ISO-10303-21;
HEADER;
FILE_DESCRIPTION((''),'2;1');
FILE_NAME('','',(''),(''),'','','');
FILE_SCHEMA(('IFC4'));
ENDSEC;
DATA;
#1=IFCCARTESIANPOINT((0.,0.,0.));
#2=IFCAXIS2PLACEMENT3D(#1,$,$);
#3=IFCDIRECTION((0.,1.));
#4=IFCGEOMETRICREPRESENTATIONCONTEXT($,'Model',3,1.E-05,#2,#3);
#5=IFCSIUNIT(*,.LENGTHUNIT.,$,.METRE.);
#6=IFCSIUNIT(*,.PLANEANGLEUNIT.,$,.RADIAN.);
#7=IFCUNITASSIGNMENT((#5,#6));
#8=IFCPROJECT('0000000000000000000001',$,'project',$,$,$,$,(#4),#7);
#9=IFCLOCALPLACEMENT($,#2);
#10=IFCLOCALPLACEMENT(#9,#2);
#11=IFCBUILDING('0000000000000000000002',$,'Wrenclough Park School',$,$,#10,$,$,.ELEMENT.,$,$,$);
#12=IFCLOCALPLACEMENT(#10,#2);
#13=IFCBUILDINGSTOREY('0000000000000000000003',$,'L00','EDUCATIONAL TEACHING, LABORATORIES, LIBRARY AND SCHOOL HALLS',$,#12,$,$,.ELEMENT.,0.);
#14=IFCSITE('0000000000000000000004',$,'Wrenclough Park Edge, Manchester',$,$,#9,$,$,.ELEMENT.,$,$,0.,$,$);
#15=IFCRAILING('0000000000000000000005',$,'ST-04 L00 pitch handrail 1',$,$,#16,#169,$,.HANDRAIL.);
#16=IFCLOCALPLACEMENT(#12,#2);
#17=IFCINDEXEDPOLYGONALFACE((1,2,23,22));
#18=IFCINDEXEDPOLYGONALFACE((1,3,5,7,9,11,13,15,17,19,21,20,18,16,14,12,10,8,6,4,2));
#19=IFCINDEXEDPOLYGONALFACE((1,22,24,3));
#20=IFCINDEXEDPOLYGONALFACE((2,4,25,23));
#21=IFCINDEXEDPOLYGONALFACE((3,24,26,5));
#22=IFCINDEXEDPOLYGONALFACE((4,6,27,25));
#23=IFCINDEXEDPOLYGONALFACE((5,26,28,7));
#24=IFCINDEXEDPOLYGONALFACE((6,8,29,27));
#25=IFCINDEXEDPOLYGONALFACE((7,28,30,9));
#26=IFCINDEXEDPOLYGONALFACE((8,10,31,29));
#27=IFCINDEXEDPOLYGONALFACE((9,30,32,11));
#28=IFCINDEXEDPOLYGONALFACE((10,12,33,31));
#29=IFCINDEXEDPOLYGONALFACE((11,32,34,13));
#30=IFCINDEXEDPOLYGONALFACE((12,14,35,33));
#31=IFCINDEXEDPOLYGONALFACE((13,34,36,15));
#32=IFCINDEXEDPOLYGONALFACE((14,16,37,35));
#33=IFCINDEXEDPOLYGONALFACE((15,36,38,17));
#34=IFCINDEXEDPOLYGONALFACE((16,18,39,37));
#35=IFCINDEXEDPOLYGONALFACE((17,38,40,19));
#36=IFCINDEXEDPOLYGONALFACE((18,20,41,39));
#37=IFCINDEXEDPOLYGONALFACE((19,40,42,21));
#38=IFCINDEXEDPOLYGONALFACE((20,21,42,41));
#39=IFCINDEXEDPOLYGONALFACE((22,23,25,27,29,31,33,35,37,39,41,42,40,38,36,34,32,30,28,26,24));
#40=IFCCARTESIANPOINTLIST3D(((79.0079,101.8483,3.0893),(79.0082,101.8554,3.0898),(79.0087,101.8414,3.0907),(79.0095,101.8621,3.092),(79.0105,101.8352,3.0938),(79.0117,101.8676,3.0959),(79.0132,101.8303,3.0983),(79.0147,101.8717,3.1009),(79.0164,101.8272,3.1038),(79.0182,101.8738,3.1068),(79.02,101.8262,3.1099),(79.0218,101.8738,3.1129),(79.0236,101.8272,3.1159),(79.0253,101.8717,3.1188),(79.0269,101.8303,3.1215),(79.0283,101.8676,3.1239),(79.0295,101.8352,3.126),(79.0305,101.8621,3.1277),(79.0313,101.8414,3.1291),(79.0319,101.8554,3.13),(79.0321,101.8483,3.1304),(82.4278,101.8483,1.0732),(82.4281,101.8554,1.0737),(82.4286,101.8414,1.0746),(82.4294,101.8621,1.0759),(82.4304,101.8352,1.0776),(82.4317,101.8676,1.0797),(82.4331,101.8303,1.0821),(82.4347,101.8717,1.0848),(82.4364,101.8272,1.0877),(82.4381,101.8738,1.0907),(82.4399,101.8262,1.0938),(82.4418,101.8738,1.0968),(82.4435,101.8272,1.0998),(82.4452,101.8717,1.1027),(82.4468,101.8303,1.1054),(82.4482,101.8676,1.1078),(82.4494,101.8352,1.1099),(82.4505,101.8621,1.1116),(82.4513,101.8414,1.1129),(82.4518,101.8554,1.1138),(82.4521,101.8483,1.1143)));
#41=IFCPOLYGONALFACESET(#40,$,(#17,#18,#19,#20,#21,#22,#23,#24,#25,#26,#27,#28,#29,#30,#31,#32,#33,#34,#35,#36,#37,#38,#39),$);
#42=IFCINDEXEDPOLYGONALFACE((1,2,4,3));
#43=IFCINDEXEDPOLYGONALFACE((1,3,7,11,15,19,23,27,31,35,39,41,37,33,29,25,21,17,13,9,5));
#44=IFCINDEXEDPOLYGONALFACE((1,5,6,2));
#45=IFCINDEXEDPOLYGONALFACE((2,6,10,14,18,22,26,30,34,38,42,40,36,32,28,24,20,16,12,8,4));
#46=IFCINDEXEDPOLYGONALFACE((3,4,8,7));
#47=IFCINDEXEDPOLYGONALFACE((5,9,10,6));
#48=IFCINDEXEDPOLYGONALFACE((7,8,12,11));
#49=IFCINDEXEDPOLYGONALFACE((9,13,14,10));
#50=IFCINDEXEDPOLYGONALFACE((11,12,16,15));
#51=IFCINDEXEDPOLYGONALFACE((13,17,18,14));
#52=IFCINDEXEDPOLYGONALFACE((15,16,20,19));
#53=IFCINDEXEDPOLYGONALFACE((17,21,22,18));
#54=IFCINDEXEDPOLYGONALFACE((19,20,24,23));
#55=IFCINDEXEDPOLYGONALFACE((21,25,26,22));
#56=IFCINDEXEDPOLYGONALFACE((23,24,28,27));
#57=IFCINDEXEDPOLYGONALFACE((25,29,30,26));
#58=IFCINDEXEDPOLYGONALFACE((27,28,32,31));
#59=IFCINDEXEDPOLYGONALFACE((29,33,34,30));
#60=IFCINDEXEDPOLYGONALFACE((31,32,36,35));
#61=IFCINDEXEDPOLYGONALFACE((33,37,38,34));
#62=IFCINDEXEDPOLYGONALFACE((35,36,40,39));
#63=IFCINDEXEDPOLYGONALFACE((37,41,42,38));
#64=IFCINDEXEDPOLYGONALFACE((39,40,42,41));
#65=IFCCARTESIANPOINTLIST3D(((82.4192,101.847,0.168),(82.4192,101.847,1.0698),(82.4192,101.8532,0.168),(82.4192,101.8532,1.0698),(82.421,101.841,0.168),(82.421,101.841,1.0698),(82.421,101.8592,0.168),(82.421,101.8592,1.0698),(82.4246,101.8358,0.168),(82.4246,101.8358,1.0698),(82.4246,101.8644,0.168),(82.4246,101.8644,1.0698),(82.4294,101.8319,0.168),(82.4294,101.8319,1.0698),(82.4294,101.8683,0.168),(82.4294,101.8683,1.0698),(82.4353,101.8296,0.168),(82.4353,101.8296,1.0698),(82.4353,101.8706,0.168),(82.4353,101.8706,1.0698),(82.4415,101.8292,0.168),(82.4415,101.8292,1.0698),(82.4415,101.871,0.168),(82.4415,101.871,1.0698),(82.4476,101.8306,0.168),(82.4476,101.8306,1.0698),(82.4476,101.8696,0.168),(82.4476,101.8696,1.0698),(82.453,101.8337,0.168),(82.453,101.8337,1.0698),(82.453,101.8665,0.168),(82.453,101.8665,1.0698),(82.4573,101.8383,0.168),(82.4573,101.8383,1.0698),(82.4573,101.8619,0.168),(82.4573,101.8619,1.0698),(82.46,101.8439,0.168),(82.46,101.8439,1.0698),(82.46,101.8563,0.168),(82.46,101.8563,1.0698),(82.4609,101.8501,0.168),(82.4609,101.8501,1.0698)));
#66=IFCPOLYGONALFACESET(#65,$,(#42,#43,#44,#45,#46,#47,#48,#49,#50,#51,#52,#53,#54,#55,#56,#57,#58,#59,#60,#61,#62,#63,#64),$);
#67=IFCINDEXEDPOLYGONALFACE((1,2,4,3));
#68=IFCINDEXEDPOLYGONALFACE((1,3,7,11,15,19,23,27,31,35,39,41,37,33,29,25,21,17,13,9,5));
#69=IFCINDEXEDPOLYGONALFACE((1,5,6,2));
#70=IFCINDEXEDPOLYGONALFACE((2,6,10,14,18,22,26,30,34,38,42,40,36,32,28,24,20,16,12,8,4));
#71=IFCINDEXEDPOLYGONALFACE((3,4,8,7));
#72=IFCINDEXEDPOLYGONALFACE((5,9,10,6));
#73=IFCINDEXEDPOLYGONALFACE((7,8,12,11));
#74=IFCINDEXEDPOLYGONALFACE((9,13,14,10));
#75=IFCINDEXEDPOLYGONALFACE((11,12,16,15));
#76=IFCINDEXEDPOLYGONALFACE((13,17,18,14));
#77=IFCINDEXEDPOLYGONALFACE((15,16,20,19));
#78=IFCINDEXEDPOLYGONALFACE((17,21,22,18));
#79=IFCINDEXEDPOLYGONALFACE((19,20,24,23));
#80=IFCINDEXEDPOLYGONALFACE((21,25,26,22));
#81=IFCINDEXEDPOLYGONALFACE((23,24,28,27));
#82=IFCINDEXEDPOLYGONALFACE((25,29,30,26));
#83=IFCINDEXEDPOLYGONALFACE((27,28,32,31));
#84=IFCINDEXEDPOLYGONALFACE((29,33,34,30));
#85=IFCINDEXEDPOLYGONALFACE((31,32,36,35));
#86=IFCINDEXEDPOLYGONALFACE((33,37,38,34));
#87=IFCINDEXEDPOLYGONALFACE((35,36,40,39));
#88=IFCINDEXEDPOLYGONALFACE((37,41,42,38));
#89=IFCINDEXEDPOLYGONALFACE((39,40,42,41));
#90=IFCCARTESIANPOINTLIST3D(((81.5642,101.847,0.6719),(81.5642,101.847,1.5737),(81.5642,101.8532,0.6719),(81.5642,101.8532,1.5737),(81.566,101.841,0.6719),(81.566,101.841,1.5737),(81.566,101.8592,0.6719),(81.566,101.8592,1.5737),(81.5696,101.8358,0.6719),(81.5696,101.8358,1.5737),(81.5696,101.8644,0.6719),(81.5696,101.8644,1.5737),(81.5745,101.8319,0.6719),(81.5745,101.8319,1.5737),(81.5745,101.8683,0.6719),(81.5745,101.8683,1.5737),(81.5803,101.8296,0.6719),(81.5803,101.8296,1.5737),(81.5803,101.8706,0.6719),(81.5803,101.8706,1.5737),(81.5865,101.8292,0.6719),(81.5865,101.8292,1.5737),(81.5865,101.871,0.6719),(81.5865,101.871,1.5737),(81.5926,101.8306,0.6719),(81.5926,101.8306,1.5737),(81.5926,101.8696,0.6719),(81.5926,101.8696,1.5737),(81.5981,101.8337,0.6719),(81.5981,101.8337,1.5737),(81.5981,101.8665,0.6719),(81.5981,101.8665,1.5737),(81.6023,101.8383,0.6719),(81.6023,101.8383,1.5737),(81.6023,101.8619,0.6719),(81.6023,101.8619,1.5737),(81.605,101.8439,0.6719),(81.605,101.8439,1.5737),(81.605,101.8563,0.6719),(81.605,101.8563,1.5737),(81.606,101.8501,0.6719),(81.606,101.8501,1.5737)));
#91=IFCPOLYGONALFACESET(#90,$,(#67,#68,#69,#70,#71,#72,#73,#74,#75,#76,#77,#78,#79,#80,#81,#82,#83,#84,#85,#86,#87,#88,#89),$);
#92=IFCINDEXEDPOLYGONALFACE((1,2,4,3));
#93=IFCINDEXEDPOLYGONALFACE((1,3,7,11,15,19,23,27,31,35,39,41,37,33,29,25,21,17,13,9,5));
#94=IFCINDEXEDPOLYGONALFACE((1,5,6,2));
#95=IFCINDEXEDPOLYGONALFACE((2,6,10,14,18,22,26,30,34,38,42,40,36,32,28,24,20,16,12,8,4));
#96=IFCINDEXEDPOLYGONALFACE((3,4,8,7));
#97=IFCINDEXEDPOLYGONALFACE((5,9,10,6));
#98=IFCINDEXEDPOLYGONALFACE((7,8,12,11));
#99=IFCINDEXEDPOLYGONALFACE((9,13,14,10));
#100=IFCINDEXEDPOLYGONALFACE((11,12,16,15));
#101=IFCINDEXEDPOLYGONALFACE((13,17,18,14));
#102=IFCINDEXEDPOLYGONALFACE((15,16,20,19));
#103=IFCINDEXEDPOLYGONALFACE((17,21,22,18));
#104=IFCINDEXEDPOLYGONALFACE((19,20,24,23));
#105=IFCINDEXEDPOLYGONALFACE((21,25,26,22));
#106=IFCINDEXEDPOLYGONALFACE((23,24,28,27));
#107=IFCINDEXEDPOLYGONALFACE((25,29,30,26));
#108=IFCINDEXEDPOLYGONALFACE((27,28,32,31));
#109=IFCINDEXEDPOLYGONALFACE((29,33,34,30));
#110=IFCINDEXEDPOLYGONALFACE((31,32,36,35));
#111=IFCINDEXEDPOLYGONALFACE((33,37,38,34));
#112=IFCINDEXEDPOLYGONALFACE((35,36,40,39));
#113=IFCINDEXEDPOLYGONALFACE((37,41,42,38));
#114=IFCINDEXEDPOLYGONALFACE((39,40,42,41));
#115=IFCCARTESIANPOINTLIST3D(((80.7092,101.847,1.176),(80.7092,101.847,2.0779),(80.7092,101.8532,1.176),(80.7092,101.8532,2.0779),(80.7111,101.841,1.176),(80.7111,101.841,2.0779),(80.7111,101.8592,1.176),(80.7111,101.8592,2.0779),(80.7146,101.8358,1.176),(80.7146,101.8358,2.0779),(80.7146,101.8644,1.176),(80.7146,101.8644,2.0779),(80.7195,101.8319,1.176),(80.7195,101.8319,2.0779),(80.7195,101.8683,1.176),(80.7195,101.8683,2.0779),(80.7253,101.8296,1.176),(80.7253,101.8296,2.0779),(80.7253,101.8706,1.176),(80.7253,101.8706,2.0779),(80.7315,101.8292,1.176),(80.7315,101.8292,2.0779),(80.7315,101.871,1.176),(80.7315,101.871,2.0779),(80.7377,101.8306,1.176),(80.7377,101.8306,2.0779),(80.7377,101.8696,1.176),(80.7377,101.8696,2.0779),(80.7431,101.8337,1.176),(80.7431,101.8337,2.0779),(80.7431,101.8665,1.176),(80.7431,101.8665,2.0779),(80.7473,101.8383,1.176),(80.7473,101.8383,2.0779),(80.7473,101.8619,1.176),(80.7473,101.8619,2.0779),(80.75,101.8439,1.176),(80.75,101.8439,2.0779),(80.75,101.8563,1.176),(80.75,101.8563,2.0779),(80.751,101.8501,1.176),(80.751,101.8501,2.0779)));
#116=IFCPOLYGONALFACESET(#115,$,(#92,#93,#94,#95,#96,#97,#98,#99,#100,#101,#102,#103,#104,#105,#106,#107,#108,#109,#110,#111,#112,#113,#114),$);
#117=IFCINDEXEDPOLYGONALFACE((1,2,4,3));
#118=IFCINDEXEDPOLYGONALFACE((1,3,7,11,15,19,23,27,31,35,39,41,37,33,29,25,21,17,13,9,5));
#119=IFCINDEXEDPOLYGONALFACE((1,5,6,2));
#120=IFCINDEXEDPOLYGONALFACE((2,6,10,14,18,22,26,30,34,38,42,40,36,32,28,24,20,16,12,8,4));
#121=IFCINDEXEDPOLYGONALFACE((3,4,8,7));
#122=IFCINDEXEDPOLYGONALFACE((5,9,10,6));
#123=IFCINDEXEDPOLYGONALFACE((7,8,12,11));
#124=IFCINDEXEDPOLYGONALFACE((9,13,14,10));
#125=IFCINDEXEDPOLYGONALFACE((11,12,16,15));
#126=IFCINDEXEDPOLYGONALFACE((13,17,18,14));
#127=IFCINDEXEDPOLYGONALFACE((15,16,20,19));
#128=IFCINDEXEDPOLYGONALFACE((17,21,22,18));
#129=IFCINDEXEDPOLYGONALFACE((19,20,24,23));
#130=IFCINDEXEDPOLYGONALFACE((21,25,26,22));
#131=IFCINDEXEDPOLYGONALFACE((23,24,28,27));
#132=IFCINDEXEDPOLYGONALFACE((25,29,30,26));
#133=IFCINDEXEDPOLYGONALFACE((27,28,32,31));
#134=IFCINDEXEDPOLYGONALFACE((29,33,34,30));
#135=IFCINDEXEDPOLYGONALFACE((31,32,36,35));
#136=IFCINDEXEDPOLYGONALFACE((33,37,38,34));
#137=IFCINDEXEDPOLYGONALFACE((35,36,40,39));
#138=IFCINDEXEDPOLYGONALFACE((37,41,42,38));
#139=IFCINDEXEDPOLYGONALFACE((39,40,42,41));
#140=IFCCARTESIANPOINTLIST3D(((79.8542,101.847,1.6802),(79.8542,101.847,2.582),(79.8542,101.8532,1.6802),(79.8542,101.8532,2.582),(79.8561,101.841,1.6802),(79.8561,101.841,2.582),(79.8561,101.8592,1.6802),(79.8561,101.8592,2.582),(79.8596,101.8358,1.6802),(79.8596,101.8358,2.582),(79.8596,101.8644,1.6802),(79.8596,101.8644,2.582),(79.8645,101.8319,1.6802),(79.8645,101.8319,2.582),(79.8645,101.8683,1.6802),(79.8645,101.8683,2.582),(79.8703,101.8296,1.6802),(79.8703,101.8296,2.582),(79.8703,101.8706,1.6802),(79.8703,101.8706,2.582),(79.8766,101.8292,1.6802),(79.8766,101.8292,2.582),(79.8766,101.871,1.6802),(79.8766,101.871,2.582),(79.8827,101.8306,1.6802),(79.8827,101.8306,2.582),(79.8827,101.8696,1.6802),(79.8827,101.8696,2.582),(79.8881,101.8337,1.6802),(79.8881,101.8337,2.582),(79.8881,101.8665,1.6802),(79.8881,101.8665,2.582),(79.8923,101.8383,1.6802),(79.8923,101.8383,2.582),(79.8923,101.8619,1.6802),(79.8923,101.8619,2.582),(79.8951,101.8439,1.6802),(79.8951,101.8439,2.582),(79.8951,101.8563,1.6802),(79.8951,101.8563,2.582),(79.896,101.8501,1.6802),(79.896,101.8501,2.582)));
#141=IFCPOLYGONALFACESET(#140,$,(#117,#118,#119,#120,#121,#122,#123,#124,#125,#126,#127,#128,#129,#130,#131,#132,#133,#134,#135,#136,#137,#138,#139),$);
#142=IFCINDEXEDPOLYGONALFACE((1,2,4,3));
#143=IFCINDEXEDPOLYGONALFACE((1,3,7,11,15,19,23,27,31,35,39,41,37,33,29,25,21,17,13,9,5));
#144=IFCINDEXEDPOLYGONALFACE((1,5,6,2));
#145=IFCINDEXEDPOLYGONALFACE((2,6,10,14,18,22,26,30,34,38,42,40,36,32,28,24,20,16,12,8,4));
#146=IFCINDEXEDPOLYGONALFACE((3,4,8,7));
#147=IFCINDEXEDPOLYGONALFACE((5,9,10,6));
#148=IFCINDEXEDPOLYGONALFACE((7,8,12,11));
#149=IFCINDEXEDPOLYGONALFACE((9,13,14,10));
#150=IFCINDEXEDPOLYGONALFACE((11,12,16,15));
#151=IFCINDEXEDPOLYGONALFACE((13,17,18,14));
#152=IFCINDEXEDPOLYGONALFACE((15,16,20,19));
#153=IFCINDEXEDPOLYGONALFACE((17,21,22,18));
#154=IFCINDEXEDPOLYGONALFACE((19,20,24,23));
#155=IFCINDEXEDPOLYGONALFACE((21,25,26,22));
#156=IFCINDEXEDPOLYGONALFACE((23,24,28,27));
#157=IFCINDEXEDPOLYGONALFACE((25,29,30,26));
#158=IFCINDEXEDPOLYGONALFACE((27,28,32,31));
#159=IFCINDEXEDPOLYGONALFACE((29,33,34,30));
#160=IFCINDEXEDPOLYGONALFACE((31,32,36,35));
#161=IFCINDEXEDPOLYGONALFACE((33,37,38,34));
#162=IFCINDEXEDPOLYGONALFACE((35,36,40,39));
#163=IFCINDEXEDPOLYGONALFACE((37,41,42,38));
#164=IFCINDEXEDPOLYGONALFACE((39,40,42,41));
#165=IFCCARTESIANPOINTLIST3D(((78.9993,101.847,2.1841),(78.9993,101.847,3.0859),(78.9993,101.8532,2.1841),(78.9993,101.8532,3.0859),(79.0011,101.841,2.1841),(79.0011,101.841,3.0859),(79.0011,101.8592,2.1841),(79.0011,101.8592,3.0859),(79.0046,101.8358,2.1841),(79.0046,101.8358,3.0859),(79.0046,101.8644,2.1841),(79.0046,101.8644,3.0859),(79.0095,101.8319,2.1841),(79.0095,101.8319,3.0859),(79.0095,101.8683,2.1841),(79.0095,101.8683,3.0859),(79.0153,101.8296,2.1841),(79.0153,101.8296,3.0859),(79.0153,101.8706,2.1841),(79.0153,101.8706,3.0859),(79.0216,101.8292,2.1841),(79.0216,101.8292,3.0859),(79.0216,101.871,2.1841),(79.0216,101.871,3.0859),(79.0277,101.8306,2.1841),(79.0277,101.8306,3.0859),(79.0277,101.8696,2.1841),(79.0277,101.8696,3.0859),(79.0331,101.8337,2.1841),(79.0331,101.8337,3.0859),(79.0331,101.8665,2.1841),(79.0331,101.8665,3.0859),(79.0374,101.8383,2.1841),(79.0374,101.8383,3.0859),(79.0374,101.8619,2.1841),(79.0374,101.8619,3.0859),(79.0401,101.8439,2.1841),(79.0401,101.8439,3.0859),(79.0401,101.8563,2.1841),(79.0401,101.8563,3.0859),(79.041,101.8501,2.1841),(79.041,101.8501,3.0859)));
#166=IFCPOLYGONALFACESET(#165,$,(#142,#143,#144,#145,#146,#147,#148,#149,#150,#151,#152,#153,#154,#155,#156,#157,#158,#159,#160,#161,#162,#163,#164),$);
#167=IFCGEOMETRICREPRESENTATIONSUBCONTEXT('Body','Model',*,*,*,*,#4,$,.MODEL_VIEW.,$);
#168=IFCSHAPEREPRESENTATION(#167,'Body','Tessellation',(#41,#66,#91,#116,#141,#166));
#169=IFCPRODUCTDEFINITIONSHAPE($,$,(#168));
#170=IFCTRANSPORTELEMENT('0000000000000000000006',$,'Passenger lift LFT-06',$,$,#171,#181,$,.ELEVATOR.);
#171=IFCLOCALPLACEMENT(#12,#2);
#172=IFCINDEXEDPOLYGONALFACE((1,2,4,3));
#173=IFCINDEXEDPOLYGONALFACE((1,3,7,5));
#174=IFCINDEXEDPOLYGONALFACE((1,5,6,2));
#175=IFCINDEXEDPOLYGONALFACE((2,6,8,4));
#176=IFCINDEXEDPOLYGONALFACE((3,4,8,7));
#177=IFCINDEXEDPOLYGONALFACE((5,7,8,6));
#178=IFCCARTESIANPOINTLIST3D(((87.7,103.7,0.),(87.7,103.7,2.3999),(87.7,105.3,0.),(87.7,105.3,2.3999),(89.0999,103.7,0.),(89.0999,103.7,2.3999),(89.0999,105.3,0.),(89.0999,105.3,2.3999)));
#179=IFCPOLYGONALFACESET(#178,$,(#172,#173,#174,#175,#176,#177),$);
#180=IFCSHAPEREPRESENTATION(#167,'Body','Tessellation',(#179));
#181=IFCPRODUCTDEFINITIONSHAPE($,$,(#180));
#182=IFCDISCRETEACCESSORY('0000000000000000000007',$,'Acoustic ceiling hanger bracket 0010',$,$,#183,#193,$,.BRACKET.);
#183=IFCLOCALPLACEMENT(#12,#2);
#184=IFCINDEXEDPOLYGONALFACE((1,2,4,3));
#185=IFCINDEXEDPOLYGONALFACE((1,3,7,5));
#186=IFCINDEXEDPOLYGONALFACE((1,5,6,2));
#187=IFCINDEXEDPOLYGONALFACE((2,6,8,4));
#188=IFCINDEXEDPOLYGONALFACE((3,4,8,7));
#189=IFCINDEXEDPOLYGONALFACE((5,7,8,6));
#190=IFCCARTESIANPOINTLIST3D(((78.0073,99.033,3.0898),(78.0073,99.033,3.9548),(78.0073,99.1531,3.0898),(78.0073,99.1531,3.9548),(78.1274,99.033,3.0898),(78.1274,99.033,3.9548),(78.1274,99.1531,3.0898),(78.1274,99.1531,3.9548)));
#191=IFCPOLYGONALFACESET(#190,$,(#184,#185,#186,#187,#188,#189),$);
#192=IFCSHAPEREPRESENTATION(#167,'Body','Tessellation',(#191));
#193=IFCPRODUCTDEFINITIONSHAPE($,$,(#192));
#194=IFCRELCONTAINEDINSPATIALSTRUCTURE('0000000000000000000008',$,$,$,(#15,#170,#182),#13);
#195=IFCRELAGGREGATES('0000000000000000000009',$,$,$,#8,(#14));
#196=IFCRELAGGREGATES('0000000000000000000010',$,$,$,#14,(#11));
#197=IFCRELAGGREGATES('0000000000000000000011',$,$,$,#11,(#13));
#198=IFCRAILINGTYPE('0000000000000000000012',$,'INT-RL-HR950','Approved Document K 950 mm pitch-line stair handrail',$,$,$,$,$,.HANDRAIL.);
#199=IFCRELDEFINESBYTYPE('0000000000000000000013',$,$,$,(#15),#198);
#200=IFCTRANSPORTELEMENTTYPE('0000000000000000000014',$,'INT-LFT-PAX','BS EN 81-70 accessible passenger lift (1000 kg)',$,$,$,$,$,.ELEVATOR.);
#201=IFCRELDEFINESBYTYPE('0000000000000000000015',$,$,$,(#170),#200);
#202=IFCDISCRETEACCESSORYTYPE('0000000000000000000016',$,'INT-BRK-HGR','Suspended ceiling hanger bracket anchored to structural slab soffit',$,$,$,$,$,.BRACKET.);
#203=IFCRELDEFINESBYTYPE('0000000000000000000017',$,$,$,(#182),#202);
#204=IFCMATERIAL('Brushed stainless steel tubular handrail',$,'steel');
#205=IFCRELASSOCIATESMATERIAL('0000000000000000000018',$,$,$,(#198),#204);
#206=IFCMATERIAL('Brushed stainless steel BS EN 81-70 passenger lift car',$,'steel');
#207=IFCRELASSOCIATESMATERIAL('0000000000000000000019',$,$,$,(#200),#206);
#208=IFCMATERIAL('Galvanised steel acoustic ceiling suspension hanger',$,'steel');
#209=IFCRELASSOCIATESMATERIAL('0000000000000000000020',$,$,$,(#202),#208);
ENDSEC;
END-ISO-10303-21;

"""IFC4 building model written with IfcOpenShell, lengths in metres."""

from ifc_helpers import new_model, si_unit, direction, frame, origin, origin_2d, place, context, subcontext, project, spatial, rectangle, circle, extrude, material, type_object, element, save


model = new_model("IFC4")

# Units and contexts
model_context = context("Model", 3, precision=1e-05, world=origin(), true_north=direction((0.0, 1.0)))
body_context = subcontext(model_context, "Body", "Model", "MODEL_VIEW")
ifc_project = project(units=[si_unit("LENGTHUNIT", "METRE"), si_unit("PLANEANGLEUNIT", "RADIAN")], contexts=[model_context])

# Site, building, storey
site_placement = place(None, origin())
site = spatial("IfcSite", under=ifc_project, at=site_placement, Name="Wrenclough Park Edge, Manchester", CompositionType="ELEMENT", RefElevation=0.0)
building_placement = place(site_placement, origin())
building = spatial("IfcBuilding", under=site, at=building_placement, Name="Wrenclough Park School", CompositionType="ELEMENT")
storey_placement = place(building_placement, origin())
storey = spatial("IfcBuildingStorey", under=building, at=storey_placement, Name="L00", Description="EDUCATIONAL TEACHING, LABORATORIES, LIBRARY AND SCHOOL HALLS", CompositionType="ELEMENT", Elevation=0.0)

# Railing
ifc_material_1 = material(Name="Brushed stainless steel tubular handrail", Category="steel")
railing_type_1 = type_object("IfcRailingType", Name="INT-RL-HR950", Description="Approved Document K 950 mm pitch-line stair handrail", PredefinedType="HANDRAIL", material=ifc_material_1)
railing_1_placement = place(storey_placement, frame((82.4399, 101.8501, 0.168)))
element("IfcRailing", 1, at=railing_1_placement, inside=storey, type_object=railing_type_1, Name="ST-04 L00 pitch handrail 1", PredefinedType="HANDRAIL", context=body_context, shape_type="SweptSolid", body=[
    extrude(circle(Radius=0.0239, at=origin_2d()), frame((0.0, 0.0, 0.9258), z_axis=(-0.86145, 0.0, 0.507842), x_axis=(0.0, -1.0, 0.0)), (0.0, 0.0, 1.0), 3.97),
    extrude(circle(Radius=0.021, at=origin_2d()), origin(), (0.0, 0.0, 1.0), 0.9019),
    extrude(circle(Radius=0.021, at=origin_2d()), frame((-0.855, 0.0, 0.5039)), (0.0, 0.0, 1.0), 0.9019),
    extrude(circle(Radius=0.021, at=origin_2d()), frame((-1.71, 0.0, 1.0081)), (0.0, 0.0, 1.0), 0.9019),
    extrude(circle(Radius=0.021, at=origin_2d()), frame((-2.5649, 0.0, 1.5122)), (0.0, 0.0, 1.0), 0.9019),
    extrude(circle(Radius=0.021, at=origin_2d()), frame((-3.4199, 0.0, 2.0161)), (0.0, 0.0, 1.0), 0.9019),
])

# Transport element
ifc_material_2 = material(Name="Brushed stainless steel BS EN 81-70 passenger lift car", Category="steel")
transport_element_type = type_object("IfcTransportElementType", Name="INT-LFT-PAX", Description="BS EN 81-70 accessible passenger lift (1000 kg)", PredefinedType="ELEVATOR", material=ifc_material_2)
transport_element_placement = place(storey_placement, frame((88.3999, 104.5, 0.0), z_axis=(0.0, 0.0, 1.0), x_axis=(1.0, 0.0, 0.0)))
element("IfcTransportElement", 2, at=transport_element_placement, inside=storey, type_object=transport_element_type, Name="Passenger lift LFT-06", PredefinedType="ELEVATOR", context=body_context, shape_type="SweptSolid", body=[
    extrude(rectangle(XDim=1.3999, YDim=1.6001, at=origin_2d()), origin(), (0.0, 0.0, 1.0), 2.3999),
])

# Discrete accessory
ifc_material_3 = material(Name="Galvanised steel acoustic ceiling suspension hanger", Category="steel")
discrete_accessory_type = type_object("IfcDiscreteAccessoryType", Name="INT-BRK-HGR", Description="Suspended ceiling hanger bracket anchored to structural slab soffit", PredefinedType="BRACKET", material=ifc_material_3)
discrete_accessory_placement = place(storey_placement, frame((78.0674, 99.093, 3.0898), z_axis=(0.0, 0.0, 1.0), x_axis=(1.0, 0.0, 0.0)))
element("IfcDiscreteAccessory", 3, at=discrete_accessory_placement, inside=storey, type_object=discrete_accessory_type, Name="Acoustic ceiling hanger bracket 0010", PredefinedType="BRACKET", context=body_context, shape_type="SweptSolid", body=[
    extrude(rectangle(XDim=0.1201, YDim=0.1201, at=origin_2d()), origin(), (0.0, 0.0, 1.0), 0.865),
])

save(model, "model.ifc")
